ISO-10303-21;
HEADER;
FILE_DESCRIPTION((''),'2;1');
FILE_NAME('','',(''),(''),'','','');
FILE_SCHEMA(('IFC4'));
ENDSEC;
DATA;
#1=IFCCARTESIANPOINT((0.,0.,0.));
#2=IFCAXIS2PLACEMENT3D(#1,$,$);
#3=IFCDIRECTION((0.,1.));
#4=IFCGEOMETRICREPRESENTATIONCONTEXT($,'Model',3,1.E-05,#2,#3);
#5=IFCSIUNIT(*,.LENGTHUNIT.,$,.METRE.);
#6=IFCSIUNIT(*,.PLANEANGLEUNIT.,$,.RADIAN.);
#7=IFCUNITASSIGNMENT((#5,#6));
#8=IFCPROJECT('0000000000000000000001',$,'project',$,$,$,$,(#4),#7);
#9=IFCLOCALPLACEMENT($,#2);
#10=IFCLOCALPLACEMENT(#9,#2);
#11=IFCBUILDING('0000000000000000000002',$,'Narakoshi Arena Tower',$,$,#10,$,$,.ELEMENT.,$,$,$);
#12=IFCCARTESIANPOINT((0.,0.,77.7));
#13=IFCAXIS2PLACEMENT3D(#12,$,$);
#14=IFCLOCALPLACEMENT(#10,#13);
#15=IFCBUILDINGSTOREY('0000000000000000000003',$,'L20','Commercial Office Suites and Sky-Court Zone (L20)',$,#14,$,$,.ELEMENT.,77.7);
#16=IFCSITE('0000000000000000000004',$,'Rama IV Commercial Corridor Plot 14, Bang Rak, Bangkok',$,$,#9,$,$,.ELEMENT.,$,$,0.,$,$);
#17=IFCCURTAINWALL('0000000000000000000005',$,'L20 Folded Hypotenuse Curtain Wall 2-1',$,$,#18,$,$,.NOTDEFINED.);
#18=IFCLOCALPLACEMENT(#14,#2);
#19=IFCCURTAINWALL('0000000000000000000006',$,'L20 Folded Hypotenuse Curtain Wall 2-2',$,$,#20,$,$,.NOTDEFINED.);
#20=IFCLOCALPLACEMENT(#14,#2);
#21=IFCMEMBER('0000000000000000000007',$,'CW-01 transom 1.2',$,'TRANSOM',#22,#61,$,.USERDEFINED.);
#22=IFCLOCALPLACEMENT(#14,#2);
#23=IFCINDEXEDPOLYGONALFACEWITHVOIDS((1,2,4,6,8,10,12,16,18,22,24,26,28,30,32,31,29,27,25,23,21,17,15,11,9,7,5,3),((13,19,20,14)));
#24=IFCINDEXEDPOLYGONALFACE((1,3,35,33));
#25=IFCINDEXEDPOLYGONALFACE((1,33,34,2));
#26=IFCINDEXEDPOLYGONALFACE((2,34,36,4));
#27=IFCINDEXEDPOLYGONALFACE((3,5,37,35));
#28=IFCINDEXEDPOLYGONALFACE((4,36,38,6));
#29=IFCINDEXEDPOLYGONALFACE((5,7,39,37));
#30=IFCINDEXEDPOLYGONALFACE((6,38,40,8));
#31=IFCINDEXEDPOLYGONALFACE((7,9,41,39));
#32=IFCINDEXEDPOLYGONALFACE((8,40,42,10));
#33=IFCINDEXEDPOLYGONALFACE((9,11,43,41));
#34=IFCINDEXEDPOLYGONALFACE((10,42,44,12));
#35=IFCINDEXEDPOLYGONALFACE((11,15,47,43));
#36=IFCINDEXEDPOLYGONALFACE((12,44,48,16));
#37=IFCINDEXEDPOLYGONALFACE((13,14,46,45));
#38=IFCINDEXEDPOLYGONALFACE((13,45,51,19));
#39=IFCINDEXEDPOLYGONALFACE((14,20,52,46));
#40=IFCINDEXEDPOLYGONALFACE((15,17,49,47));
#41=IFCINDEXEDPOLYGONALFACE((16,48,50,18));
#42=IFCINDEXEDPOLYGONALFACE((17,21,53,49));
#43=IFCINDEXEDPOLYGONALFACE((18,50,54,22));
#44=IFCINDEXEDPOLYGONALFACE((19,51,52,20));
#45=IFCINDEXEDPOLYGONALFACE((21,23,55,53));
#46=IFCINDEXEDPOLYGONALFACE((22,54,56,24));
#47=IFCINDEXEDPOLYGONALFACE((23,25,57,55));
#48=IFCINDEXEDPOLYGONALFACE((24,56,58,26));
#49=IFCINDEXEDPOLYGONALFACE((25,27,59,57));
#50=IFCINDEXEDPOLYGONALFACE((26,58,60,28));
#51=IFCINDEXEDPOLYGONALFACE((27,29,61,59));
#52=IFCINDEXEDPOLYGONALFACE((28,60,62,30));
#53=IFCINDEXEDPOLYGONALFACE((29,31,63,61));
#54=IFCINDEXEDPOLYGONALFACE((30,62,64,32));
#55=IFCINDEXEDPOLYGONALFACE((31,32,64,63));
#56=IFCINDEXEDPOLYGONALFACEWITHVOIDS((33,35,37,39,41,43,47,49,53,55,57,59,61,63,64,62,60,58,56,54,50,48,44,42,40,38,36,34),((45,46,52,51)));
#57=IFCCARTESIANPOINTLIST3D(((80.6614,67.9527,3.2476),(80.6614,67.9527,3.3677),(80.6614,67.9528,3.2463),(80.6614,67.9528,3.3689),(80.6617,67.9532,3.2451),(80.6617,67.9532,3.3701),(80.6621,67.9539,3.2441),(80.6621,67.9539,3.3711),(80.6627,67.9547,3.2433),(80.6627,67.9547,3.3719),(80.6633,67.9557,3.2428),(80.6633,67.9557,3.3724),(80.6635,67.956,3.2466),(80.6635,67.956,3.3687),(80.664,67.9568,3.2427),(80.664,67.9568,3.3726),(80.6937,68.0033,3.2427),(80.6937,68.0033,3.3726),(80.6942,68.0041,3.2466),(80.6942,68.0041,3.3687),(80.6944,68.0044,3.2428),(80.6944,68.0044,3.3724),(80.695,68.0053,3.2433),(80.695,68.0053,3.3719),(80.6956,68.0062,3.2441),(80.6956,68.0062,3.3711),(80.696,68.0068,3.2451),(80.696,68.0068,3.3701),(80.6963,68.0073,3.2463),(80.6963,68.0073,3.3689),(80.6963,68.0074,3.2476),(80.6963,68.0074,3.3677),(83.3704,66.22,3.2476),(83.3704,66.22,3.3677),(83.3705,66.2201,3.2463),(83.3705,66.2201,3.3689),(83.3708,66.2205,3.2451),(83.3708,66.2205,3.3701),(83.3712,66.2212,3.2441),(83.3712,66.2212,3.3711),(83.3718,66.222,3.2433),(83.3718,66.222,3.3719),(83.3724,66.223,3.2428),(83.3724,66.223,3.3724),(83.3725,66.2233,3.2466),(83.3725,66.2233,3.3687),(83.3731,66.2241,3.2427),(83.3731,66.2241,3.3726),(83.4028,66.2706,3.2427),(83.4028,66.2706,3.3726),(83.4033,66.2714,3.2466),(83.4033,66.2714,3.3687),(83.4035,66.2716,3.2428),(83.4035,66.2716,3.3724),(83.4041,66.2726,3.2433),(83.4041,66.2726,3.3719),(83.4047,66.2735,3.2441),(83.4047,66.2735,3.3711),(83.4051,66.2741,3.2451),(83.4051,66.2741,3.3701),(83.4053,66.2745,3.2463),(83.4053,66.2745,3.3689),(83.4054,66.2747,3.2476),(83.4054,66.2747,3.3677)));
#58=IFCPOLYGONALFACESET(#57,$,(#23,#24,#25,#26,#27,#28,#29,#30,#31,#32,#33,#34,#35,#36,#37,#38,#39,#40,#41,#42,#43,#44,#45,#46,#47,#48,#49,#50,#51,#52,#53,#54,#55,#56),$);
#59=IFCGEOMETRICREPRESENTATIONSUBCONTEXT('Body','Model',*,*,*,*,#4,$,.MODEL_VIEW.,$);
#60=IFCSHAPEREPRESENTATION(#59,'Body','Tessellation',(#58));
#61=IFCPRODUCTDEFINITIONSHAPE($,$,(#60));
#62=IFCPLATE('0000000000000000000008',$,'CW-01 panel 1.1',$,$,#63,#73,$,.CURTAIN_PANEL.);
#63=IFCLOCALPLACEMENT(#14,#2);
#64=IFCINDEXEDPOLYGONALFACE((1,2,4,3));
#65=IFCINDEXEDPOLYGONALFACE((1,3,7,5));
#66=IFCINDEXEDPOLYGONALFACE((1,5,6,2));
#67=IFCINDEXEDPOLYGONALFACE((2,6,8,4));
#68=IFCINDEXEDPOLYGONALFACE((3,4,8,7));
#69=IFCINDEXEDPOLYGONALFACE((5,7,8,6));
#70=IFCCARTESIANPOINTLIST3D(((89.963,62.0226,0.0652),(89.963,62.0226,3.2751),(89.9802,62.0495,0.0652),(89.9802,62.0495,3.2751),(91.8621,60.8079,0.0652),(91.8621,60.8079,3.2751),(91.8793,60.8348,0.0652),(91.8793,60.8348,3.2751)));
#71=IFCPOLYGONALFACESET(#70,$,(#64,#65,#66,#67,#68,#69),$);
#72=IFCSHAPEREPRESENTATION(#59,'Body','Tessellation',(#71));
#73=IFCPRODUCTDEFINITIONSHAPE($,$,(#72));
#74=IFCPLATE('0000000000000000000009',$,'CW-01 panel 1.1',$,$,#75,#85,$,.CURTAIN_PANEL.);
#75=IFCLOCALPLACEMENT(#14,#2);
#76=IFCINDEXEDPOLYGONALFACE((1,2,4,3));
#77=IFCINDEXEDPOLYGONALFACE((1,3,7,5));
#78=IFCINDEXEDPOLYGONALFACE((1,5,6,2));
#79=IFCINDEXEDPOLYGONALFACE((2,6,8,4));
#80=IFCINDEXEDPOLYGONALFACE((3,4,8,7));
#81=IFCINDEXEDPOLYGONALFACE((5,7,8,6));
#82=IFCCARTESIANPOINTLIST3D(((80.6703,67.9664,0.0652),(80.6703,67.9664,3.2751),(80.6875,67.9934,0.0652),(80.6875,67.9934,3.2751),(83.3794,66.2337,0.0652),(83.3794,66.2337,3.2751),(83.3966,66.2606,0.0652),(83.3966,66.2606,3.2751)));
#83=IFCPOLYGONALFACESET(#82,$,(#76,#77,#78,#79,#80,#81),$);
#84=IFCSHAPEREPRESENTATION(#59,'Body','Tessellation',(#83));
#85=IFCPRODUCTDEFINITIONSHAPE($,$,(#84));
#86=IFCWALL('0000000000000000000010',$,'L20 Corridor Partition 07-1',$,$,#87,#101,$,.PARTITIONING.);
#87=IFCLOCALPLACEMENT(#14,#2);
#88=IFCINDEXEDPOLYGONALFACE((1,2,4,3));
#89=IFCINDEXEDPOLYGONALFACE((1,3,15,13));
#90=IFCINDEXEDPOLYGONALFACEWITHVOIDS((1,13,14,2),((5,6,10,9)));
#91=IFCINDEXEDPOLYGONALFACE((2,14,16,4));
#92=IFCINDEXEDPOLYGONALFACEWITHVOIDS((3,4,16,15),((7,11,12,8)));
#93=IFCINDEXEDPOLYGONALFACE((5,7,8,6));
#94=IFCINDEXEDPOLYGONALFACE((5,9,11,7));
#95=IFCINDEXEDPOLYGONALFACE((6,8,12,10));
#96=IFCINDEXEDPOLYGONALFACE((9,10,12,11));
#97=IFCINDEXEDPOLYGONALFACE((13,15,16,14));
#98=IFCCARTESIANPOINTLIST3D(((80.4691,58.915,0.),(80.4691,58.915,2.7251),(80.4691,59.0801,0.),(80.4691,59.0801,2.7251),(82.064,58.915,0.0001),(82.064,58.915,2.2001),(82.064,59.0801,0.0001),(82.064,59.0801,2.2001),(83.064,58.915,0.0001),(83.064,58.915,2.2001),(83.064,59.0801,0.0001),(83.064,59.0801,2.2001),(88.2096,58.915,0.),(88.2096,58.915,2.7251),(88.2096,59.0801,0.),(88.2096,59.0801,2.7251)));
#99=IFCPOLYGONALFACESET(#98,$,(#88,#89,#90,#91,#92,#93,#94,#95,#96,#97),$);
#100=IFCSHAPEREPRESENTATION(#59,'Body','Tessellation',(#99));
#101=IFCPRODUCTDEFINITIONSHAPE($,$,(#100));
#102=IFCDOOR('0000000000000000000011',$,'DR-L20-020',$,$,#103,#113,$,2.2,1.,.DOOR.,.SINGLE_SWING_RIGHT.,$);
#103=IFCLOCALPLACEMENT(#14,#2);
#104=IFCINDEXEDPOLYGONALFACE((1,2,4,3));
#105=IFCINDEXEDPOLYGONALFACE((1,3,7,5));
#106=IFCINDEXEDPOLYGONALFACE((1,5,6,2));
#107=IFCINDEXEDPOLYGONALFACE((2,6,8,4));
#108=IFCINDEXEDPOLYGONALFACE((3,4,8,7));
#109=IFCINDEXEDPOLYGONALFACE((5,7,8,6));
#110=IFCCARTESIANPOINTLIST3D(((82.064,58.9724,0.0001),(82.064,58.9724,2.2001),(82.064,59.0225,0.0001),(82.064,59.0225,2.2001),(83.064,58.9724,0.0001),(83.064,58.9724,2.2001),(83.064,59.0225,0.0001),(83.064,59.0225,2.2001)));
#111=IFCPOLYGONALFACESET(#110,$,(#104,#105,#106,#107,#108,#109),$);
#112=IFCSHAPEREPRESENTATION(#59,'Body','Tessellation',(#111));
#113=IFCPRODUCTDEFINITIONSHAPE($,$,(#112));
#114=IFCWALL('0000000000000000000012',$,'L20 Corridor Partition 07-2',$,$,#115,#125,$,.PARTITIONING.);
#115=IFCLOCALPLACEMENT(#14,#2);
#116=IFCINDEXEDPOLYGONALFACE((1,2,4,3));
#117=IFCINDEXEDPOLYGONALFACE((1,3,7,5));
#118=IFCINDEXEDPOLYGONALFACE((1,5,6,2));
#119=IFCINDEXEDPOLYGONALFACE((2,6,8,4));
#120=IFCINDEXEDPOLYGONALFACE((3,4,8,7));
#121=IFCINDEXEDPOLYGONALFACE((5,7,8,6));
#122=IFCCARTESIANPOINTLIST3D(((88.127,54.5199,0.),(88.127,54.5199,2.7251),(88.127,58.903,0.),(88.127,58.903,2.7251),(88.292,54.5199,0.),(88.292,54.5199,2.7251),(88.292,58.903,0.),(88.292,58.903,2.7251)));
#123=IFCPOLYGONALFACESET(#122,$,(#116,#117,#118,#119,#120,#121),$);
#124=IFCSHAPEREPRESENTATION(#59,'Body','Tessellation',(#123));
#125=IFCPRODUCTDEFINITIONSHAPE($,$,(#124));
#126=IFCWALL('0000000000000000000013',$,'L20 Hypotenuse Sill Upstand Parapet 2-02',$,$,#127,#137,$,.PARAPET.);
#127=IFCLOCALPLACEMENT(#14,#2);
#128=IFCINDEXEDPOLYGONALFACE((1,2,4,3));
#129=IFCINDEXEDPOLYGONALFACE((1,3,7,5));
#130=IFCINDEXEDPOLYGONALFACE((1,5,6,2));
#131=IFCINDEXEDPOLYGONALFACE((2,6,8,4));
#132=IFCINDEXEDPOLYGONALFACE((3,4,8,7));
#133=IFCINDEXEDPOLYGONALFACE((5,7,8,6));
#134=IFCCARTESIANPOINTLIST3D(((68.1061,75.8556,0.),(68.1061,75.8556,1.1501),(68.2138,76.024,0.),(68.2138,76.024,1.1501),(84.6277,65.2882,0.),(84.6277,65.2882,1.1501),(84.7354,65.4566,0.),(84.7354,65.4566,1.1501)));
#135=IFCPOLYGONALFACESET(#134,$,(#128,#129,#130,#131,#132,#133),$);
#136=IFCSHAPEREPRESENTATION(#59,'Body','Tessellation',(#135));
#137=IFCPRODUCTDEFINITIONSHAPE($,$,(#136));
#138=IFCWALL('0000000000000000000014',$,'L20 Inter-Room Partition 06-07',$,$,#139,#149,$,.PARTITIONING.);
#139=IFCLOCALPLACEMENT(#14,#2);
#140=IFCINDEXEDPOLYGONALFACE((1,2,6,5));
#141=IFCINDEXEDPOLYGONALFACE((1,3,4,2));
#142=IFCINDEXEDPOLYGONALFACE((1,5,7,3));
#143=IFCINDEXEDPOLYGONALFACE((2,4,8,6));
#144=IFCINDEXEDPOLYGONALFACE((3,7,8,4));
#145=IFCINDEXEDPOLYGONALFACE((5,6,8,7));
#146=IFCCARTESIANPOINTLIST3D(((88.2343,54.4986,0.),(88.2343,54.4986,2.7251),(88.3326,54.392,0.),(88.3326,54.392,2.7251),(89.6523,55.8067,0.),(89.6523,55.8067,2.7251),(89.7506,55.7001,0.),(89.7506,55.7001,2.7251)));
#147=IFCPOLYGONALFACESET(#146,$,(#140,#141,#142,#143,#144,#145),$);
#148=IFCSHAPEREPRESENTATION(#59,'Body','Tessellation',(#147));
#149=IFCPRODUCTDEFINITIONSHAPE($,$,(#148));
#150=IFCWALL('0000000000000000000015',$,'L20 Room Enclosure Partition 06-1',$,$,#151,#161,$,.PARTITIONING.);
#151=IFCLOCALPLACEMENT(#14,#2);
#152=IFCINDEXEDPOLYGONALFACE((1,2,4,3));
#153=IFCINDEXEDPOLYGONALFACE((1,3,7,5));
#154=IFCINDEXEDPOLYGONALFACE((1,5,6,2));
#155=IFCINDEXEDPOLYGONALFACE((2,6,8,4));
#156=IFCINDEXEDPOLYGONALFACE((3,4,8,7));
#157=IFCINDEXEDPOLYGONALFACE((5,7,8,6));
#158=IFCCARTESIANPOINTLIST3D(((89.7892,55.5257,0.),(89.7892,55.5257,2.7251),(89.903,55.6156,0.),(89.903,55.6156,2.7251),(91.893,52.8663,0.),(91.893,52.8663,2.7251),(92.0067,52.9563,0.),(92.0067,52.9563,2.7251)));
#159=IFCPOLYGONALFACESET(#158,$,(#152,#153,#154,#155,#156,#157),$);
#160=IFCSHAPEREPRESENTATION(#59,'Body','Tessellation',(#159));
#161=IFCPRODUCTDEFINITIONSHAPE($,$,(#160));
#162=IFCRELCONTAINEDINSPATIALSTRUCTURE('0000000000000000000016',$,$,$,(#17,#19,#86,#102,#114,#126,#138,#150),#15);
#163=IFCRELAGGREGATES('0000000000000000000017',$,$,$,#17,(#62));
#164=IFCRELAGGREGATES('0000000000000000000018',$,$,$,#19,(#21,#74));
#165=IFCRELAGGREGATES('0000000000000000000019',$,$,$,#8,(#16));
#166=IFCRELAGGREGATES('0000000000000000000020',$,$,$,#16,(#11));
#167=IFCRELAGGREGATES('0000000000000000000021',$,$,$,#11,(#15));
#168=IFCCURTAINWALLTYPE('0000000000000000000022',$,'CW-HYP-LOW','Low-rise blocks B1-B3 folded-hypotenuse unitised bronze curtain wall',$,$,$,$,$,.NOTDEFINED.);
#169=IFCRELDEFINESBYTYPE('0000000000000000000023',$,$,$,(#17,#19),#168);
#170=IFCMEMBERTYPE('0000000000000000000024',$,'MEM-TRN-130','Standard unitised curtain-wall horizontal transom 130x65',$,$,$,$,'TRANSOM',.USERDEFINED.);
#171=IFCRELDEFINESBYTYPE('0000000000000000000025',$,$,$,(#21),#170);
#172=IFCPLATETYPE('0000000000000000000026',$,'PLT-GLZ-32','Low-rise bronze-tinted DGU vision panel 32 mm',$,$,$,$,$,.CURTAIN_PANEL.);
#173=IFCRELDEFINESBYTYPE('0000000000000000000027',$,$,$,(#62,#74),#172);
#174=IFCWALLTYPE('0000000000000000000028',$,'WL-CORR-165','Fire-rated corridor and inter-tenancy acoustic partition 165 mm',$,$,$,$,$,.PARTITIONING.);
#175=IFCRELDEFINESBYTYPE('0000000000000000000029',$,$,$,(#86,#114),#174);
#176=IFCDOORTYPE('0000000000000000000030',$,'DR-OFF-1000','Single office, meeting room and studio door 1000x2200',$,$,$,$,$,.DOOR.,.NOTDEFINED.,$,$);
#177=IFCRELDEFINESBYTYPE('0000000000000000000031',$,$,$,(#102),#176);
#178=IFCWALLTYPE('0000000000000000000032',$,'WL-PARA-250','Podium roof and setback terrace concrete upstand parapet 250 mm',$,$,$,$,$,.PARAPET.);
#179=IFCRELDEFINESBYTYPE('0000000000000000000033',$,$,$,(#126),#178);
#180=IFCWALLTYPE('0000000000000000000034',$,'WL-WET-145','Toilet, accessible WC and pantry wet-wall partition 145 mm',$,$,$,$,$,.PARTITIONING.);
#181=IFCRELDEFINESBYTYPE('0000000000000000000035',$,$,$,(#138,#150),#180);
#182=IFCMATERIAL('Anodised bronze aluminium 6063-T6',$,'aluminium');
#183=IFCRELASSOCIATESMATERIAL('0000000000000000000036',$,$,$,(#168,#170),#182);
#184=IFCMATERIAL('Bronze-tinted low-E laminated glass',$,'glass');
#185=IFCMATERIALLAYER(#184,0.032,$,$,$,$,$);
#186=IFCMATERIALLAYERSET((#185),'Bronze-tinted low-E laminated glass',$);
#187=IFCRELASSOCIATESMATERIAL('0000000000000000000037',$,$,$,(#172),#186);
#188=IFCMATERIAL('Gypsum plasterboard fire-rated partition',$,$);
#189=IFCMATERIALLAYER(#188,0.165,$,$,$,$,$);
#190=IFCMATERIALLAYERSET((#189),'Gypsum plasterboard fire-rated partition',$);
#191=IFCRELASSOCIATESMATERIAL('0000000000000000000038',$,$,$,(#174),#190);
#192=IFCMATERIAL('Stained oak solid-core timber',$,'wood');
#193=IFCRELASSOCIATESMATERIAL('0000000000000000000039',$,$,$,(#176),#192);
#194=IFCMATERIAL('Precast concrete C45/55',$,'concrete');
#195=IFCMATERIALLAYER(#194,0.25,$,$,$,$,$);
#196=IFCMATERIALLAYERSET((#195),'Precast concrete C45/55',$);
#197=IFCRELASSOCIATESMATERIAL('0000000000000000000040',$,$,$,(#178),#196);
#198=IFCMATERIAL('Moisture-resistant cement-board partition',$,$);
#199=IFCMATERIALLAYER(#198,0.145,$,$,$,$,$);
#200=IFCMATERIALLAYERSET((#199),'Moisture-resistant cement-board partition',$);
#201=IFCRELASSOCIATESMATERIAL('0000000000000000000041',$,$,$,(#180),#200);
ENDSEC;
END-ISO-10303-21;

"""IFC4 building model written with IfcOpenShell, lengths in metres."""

from ifc_helpers import new_model, si_unit, direction, frame, frame_2d, origin, origin_2d, place, context, subcontext, project, spatial, rectangle, hollow_rectangle, extrude, material, layer, layer_set, material_profile, profile_set, type_object, element, fill, aggregate, save


model = new_model("IFC4")

# Units and contexts
model_context = context("Model", 3, precision=1e-05, world=origin(), true_north=direction((0.0, 1.0)))
body_context = subcontext(model_context, "Body", "Model", "MODEL_VIEW")
ifc_project = project(units=[si_unit("LENGTHUNIT", "METRE"), si_unit("PLANEANGLEUNIT", "RADIAN")], contexts=[model_context])

# Site, building, storey
site_placement = place(None, origin())
site = spatial("IfcSite", under=ifc_project, at=site_placement, Name="Rama IV Commercial Corridor Plot 14, Bang Rak, Bangkok", CompositionType="ELEMENT", RefElevation=0.0)
building_placement = place(site_placement, origin())
building = spatial("IfcBuilding", under=site, at=building_placement, Name="Narakoshi Arena Tower", CompositionType="ELEMENT")
storey_placement = place(building_placement, frame((0.0, 0.0, 77.7)))
storey = spatial("IfcBuildingStorey", under=building, at=storey_placement, Name="L20", Description="Commercial Office Suites and Sky-Court Zone (L20)", CompositionType="ELEMENT", Elevation=77.7)

# Curtain walls
ifc_material_1 = material(Name="Anodised bronze aluminium 6063-T6", Category="aluminium")
curtain_wall_type = type_object("IfcCurtainWallType", Name="CW-HYP-LOW", Description="Low-rise blocks B1-B3 folded-hypotenuse unitised bronze curtain wall", PredefinedType="NOTDEFINED", material=ifc_material_1)
curtain_wall_1_placement = place(storey_placement, origin())
curtain_wall_1 = element("IfcCurtainWall", 1, at=curtain_wall_1_placement, inside=storey, type_object=curtain_wall_type, Name="L20 Folded Hypotenuse Curtain Wall 2-1", PredefinedType="NOTDEFINED")
curtain_wall_2_placement = place(storey_placement, origin())
curtain_wall_2 = element("IfcCurtainWall", 2, at=curtain_wall_2_placement, inside=storey, type_object=curtain_wall_type, Name="L20 Folded Hypotenuse Curtain Wall 2-2", PredefinedType="NOTDEFINED")

# Member
ifc_material_profile_1 = material_profile(ifc_material_1, hollow_rectangle(XDim=0.0649, YDim=0.1299, WallThickness=0.0039, OuterFilletRadius=0.0049, at=origin_2d()), Name="TRN130x65x4")
ifc_profile_set_1 = profile_set([ifc_material_profile_1], Name="Anodised bronze aluminium 6063-T6")
member_type_1 = type_object("IfcMemberType", Name="MEM-TRN-130", Description="Standard unitised curtain-wall horizontal transom 130x65", ElementType="TRANSOM", PredefinedType="USERDEFINED", material=ifc_profile_set_1)
member_1_placement = place(storey_placement, frame((83.3879, 66.2473, 3.3076), z_axis=(-0.842424, 0.538815, 0.0), x_axis=(-0.538815, -0.842424, 0.0)))
member_1 = element("IfcMember", 3, at=member_1_placement, type_object=member_type_1, Name="CW-01 transom 1.2", ObjectType="TRANSOM", PredefinedType="USERDEFINED", context=body_context, shape_type="SweptSolid", body=[
    extrude(hollow_rectangle(XDim=0.0649, YDim=0.1299, WallThickness=0.0039, OuterFilletRadius=0.0049, at=origin_2d()), origin(), (0.0, 0.0, 1.0), 3.2158),
])

# Plates
ifc_material_2 = material(Name="Bronze-tinted low-E laminated glass", Category="glass")
ifc_layer_1 = layer(ifc_material_2, 0.032)
ifc_layer_set_1 = layer_set([ifc_layer_1], Name="Bronze-tinted low-E laminated glass")
plate_type = type_object("IfcPlateType", Name="PLT-GLZ-32", Description="Low-rise bronze-tinted DGU vision panel 32 mm", PredefinedType="CURTAIN_PANEL", material=ifc_layer_set_1)
plate_1_placement = place(storey_placement, frame((90.9211, 61.4287, 0.0652), z_axis=(0.0, 0.0, 1.0), x_axis=(-0.842419, 0.538822, 0.0)))
plate_1 = element("IfcPlate", 4, at=plate_1_placement, type_object=plate_type, Name="CW-01 panel 1.1", PredefinedType="CURTAIN_PANEL", context=body_context, shape_type="SweptSolid", body=[
    extrude(rectangle(XDim=2.2544, YDim=0.032, at=origin_2d()), origin(), (0.0, 0.0, 1.0), 3.21),
])
aggregate(curtain_wall_1, [plate_1])
plate_2_placement = place(storey_placement, frame((82.0334, 67.1135, 0.0652), z_axis=(0.0, 0.0, 1.0), x_axis=(-0.842415, 0.538829, 0.0)))
plate_2 = element("IfcPlate", 5, at=plate_2_placement, type_object=plate_type, Name="CW-01 panel 1.1", PredefinedType="CURTAIN_PANEL", context=body_context, shape_type="SweptSolid", body=[
    extrude(rectangle(XDim=3.2158, YDim=0.032, at=origin_2d()), origin(), (0.0, 0.0, 1.0), 3.21),
])
aggregate(curtain_wall_2, [member_1, plate_2])

# Wall, opening, door
ifc_material_3 = material(Name="Gypsum plasterboard fire-rated partition")
ifc_layer_2 = layer(ifc_material_3, 0.165)
ifc_layer_set_2 = layer_set([ifc_layer_2], Name="Gypsum plasterboard fire-rated partition")
wall_type_1 = type_object("IfcWallType", Name="WL-CORR-165", Description="Fire-rated corridor and inter-tenancy acoustic partition 165 mm", PredefinedType="PARTITIONING", material=ifc_layer_set_2)
wall_1_placement = place(storey_placement, frame((88.2095, 58.9976, 0.0), z_axis=(0.0, 0.0, 1.0), x_axis=(-1.0, 0.0, 0.0)))
wall_1 = element("IfcWall", 6, at=wall_1_placement, inside=storey, type_object=wall_type_1, Name="L20 Corridor Partition 07-1", PredefinedType="PARTITIONING", context=body_context, shape_type="SweptSolid", body=[
    extrude(rectangle(XDim=7.7405, YDim=0.165, at=frame_2d((3.8701, 0.0))), origin(), (0.0, 0.0, 1.0), 2.7251),
])
opening_placement = place(wall_1_placement, frame((5.1455, 0.0, 0.0)))
opening = element("IfcOpeningElement", 7, at=opening_placement, cuts=wall_1, PredefinedType="OPENING", context=body_context, shape_type="SweptSolid", body=[
    extrude(rectangle(XDim=1.0, YDim=2.2, at=frame_2d((0.5, 1.1001))), frame((0.0, 0.0925, 0.0), z_axis=(0.0, -1.0, 0.0), x_axis=(1.0, 0.0, 0.0)), (0.0, 0.0, 1.0), 0.1851),
])
ifc_material_4 = material(Name="Stained oak solid-core timber", Category="wood")
door_type = type_object("IfcDoorType", Name="DR-OFF-1000", Description="Single office, meeting room and studio door 1000x2200", OperationType="NOTDEFINED", PredefinedType="DOOR", material=ifc_material_4)
door_placement = place(opening_placement, frame((1.0, 0.0, 0.0), z_axis=(0.0, 0.0, 1.0), x_axis=(-1.0, 0.0, 0.0)))
door = element("IfcDoor", 8, at=door_placement, inside=storey, type_object=door_type, Name="DR-L20-020", OperationType="SINGLE_SWING_RIGHT", OverallHeight=2.2, OverallWidth=1.0, PredefinedType="DOOR", context=body_context, shape_type="SweptSolid", body=[
    extrude(rectangle(XDim=1.0, YDim=2.2, at=frame_2d((0.5, 1.1001))), frame((0.0, 0.0249, 0.0), z_axis=(0.0, -1.0, 0.0), x_axis=(1.0, 0.0, 0.0)), (0.0, 0.0, 1.0), 0.05),
])
fill(opening, door)

# Walls
wall_2_placement = place(storey_placement, frame((88.2095, 54.52, 0.0), z_axis=(0.0, 0.0, 1.0), x_axis=(0.0, 1.0, 0.0)))
element("IfcWall", 9, at=wall_2_placement, inside=storey, type_object=wall_type_1, Name="L20 Corridor Partition 07-2", PredefinedType="PARTITIONING", context=body_context, shape_type="SweptSolid", body=[
    extrude(rectangle(XDim=4.3831, YDim=0.165, at=frame_2d((2.1914, 0.0))), origin(), (0.0, 0.0, 1.0), 2.7251),
])
ifc_material_5 = material(Name="Precast concrete C45/55", Category="concrete")
ifc_layer_3 = layer(ifc_material_5, 0.25)
ifc_layer_set_3 = layer_set([ifc_layer_3], Name="Precast concrete C45/55")
wall_type_2 = type_object("IfcWallType", Name="WL-PARA-250", Description="Podium roof and setback terrace concrete upstand parapet 250 mm", PredefinedType="PARAPET", material=ifc_layer_set_3)
wall_3_placement = place(storey_placement, frame((84.6816, 65.3723, 0.0), z_axis=(0.0, 0.0, 1.0), x_axis=(-0.842419, 0.538823, 0.0)))
element("IfcWall", 10, at=wall_3_placement, inside=storey, type_object=wall_type_2, Name="L20 Hypotenuse Sill Upstand Parapet 2-02", PredefinedType="PARAPET", context=body_context, shape_type="SweptSolid", body=[
    extrude(rectangle(XDim=19.6121, YDim=0.2, at=frame_2d((9.8062, 0.0))), origin(), (0.0, 0.0, 1.0), 1.1501),
])
ifc_material_6 = material(Name="Moisture-resistant cement-board partition")
ifc_layer_4 = layer(ifc_material_6, 0.145)
ifc_layer_set_4 = layer_set([ifc_layer_4], Name="Moisture-resistant cement-board partition")
wall_type_3 = type_object("IfcWallType", Name="WL-WET-145", Description="Toilet, accessible WC and pantry wet-wall partition 145 mm", PredefinedType="PARTITIONING", material=ifc_layer_set_4)
wall_4_placement = place(storey_placement, frame((88.2834, 54.4453, 0.0), z_axis=(0.0, 0.0, 1.0), x_axis=(0.735007, 0.678059, 0.0)))
element("IfcWall", 11, at=wall_4_placement, inside=storey, type_object=wall_type_3, Name="L20 Inter-Room Partition 06-07", PredefinedType="PARTITIONING", context=body_context, shape_type="SweptSolid", body=[
    extrude(rectangle(XDim=1.9292, YDim=0.145, at=frame_2d((0.9646, 0.0))), origin(), (0.0, 0.0, 1.0), 2.7251),
])
wall_5_placement = place(storey_placement, frame((89.8462, 55.5706, 0.0), z_axis=(0.0, 0.0, 1.0), x_axis=(0.62041, -0.784278, 0.0)))
element("IfcWall", 12, at=wall_5_placement, inside=storey, type_object=wall_type_3, Name="L20 Room Enclosure Partition 06-1", PredefinedType="PARTITIONING", context=body_context, shape_type="SweptSolid", body=[
    extrude(rectangle(XDim=3.3909, YDim=0.145, at=frame_2d((1.6953, 0.0))), origin(), (0.0, 0.0, 1.0), 2.7251),
])

save(model, "model.ifc")
